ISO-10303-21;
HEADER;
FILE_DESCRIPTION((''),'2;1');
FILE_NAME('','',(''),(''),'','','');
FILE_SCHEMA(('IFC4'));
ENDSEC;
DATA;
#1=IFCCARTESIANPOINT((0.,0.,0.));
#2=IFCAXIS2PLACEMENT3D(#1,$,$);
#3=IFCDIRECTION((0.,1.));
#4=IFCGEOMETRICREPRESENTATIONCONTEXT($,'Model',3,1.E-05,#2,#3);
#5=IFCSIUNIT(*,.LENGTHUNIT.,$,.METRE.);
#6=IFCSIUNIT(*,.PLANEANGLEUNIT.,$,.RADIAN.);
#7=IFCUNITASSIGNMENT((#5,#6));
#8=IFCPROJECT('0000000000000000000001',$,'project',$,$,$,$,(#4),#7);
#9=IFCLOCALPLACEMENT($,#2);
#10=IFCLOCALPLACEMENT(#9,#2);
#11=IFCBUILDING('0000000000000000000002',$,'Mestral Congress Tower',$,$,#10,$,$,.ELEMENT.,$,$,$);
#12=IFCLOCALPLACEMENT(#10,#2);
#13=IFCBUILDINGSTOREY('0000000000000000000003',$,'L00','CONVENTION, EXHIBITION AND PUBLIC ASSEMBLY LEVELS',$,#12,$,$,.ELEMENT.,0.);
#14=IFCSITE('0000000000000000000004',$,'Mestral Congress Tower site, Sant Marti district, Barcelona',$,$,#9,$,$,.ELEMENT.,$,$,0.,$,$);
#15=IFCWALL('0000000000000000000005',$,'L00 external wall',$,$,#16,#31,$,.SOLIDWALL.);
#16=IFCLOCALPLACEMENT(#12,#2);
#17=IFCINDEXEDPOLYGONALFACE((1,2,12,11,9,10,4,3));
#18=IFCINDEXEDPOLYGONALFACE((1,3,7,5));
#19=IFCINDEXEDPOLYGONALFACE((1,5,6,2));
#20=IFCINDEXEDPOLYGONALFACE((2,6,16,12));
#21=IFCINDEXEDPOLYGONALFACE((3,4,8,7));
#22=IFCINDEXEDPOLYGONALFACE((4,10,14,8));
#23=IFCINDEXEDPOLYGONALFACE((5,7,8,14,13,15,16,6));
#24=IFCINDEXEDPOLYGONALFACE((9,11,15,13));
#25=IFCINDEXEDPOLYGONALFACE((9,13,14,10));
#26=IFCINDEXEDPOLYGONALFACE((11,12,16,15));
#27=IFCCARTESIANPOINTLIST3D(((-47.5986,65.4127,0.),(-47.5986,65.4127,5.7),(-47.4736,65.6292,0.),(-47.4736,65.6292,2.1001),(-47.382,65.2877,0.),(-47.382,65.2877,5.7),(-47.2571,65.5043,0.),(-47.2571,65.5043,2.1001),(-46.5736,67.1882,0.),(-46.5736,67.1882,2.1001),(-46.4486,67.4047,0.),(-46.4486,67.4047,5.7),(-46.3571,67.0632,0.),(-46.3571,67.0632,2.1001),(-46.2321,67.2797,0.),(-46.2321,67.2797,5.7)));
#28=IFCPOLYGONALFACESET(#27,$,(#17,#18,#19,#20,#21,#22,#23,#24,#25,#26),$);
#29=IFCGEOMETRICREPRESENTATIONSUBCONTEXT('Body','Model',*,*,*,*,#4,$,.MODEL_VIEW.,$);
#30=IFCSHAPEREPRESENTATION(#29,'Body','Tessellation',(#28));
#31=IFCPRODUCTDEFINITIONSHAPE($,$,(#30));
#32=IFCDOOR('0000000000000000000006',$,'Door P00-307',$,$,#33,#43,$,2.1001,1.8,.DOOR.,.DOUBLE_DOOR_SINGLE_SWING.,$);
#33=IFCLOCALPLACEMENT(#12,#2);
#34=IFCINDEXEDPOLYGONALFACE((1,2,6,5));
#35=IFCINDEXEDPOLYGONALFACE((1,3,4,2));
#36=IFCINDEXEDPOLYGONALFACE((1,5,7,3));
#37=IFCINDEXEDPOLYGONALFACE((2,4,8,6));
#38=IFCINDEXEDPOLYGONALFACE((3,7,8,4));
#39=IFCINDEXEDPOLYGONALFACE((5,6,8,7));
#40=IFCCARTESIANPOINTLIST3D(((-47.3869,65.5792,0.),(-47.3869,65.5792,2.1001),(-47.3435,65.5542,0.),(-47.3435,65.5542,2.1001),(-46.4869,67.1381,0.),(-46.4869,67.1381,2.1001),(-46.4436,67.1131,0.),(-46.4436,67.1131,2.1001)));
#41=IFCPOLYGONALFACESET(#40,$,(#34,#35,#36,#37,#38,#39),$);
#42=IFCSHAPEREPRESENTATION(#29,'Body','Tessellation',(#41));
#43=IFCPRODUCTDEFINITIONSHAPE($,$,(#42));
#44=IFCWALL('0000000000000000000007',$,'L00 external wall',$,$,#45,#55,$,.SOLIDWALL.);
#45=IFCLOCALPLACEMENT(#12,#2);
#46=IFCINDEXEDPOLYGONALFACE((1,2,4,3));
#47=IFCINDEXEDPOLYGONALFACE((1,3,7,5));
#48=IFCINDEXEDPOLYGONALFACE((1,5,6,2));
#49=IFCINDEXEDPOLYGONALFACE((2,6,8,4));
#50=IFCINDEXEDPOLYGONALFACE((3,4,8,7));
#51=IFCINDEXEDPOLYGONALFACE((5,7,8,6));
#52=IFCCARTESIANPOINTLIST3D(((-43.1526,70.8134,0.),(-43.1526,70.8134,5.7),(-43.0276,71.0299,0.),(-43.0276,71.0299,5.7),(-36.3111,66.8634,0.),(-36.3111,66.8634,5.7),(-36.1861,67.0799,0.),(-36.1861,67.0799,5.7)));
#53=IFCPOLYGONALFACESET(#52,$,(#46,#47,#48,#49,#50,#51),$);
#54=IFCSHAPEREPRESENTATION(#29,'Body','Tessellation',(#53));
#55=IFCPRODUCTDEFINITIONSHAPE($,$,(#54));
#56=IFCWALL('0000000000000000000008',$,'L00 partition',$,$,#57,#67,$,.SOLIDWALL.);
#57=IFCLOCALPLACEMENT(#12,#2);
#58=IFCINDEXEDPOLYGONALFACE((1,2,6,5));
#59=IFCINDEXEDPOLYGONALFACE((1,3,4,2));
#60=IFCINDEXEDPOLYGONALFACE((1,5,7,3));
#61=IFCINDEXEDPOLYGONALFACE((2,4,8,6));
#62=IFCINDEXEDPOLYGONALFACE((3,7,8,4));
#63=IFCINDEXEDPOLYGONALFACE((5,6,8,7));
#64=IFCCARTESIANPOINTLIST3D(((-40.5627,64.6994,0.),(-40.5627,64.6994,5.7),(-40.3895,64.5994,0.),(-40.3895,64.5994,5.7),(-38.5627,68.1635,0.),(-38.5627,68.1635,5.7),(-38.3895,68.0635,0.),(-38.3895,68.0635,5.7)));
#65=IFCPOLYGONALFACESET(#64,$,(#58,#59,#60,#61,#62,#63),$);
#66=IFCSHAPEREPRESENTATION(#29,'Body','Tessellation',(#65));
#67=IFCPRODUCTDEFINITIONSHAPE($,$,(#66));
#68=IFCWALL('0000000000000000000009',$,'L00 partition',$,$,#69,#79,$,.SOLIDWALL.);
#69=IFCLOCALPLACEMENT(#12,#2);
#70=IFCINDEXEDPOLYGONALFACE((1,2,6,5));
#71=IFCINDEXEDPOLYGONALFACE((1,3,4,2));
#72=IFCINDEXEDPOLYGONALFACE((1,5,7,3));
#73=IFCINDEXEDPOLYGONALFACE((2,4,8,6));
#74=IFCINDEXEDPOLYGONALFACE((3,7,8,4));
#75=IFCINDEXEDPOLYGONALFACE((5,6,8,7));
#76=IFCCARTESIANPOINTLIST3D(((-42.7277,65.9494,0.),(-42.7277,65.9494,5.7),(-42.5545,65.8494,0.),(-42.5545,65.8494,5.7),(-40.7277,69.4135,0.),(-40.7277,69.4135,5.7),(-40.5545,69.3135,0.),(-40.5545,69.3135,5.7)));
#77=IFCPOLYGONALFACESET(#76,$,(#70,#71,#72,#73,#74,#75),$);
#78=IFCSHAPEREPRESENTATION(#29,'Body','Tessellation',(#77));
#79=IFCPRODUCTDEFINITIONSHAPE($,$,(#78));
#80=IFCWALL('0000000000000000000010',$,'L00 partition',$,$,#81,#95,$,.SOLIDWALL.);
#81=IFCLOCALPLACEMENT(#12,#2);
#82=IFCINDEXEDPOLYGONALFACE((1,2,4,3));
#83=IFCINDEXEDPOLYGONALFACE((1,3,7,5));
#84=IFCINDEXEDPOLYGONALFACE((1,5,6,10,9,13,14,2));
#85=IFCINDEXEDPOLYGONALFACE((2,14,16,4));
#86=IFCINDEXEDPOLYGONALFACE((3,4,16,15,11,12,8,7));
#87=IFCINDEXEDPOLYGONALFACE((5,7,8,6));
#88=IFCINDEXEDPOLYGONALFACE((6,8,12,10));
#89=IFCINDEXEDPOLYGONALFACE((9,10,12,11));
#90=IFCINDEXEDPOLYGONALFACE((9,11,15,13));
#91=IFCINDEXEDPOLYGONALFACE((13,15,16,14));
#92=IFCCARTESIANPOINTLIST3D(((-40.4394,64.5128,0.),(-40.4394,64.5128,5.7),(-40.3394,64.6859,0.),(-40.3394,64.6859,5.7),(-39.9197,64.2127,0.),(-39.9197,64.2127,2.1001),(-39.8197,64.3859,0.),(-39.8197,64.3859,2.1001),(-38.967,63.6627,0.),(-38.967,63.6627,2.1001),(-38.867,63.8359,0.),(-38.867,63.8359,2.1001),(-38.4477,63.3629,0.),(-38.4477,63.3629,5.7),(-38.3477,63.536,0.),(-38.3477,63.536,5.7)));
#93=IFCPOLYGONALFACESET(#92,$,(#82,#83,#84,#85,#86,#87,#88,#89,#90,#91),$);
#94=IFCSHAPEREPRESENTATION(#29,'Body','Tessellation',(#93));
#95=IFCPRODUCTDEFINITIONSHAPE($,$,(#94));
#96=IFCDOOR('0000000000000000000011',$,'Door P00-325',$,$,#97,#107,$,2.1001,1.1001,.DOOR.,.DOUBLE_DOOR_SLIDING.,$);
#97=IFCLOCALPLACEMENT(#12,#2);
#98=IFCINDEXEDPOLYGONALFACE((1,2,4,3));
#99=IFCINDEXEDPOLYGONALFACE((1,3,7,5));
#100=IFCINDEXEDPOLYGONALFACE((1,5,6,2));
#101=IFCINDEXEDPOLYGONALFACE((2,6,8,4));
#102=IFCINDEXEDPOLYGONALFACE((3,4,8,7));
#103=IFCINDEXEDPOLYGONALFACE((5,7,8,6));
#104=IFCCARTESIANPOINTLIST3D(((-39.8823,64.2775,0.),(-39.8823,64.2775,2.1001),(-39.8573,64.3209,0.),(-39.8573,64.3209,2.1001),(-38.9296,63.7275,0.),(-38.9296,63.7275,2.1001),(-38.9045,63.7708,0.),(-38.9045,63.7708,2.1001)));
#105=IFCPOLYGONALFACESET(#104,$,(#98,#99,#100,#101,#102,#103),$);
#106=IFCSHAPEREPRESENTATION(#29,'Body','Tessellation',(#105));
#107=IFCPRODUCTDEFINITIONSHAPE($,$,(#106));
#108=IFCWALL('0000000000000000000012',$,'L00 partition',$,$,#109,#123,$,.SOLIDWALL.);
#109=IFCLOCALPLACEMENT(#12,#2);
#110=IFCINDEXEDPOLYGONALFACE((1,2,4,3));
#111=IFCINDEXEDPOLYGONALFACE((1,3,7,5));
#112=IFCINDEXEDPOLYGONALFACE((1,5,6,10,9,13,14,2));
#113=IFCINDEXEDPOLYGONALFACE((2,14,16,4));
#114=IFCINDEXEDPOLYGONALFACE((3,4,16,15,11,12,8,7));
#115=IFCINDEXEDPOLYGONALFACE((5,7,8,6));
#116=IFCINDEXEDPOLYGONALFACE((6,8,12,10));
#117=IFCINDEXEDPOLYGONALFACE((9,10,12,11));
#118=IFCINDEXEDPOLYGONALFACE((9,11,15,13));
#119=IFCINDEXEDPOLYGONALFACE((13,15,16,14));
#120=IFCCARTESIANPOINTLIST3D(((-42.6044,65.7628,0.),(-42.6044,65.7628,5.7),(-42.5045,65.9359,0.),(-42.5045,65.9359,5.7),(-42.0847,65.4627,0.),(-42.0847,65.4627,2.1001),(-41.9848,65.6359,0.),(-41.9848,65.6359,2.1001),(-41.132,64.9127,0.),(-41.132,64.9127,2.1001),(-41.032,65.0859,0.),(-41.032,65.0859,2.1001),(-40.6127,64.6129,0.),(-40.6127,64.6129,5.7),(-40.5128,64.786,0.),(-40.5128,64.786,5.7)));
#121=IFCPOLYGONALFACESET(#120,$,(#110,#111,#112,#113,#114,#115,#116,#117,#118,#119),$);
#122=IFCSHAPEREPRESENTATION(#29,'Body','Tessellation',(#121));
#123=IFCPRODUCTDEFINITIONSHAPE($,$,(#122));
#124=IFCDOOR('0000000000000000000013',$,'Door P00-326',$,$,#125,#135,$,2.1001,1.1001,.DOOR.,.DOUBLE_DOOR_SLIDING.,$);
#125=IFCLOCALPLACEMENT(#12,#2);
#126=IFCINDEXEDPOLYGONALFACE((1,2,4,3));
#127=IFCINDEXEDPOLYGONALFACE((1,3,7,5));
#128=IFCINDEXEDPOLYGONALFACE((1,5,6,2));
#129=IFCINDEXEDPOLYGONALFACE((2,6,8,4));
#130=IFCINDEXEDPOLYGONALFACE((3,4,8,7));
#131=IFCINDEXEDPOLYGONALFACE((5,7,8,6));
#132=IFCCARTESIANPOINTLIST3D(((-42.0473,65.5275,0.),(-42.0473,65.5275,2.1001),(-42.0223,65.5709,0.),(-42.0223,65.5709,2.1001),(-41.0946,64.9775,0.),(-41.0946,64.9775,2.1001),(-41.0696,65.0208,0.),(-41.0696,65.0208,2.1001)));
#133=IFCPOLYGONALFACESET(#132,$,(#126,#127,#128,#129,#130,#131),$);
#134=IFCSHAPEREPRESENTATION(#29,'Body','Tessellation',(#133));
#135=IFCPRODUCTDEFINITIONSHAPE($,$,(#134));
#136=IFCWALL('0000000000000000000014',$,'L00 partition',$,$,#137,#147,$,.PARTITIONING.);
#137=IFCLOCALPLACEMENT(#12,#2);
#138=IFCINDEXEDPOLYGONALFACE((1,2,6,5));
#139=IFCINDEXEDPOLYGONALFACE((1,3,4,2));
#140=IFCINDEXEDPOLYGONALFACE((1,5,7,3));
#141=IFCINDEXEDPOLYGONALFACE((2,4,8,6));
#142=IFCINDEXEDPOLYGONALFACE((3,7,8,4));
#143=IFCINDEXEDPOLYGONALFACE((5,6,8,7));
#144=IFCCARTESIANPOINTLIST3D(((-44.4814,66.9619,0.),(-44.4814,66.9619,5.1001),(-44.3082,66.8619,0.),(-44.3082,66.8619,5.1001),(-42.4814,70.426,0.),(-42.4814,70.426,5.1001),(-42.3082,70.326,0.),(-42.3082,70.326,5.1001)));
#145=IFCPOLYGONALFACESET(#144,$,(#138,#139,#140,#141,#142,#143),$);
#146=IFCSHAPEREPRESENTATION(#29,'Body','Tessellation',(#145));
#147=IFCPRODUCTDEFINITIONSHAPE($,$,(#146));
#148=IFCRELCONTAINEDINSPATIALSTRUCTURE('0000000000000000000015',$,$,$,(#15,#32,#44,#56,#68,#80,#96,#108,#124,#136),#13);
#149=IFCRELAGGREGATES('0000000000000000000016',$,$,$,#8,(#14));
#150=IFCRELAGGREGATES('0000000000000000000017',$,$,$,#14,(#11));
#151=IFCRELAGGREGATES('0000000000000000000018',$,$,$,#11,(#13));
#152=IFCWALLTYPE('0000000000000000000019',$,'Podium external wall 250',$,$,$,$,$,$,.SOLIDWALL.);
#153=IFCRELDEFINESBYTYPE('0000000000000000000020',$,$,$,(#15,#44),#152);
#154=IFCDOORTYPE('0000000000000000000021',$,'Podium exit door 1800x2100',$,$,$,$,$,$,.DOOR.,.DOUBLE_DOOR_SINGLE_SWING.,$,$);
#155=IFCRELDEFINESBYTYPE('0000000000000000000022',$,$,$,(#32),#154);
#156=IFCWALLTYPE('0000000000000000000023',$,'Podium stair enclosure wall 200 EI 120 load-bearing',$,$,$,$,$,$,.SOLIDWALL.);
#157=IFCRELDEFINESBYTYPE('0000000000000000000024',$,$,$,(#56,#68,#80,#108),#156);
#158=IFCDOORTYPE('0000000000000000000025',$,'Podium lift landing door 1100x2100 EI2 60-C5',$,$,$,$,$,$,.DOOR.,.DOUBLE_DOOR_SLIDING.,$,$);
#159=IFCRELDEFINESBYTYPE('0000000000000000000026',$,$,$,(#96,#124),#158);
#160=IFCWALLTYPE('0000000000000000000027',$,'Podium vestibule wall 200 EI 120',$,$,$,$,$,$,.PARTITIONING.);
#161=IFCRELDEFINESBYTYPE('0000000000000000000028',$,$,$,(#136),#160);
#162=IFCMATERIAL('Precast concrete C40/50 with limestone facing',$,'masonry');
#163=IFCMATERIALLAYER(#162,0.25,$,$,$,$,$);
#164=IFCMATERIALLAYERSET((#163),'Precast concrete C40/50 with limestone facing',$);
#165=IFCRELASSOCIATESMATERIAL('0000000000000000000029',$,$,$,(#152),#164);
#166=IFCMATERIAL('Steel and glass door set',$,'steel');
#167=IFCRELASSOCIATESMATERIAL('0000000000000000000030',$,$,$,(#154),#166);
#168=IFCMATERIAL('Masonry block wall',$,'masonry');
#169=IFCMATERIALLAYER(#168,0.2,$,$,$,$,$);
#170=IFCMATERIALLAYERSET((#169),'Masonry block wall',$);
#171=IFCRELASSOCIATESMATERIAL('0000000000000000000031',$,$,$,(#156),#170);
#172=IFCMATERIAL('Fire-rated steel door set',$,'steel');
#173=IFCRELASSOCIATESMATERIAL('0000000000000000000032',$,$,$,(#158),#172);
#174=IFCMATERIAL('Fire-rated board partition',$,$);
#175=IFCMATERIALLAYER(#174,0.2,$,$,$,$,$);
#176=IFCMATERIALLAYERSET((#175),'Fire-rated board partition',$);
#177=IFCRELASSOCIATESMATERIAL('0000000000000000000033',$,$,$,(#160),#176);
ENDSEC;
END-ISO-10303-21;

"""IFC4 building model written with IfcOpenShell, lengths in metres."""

from ifc_helpers import new_model, si_unit, direction, frame, frame_2d, origin, place, context, subcontext, project, spatial, rectangle, extrude, material, layer, layer_set, type_object, element, fill, save


model = new_model("IFC4")

# Units and contexts
model_context = context("Model", 3, precision=1e-05, world=origin(), true_north=direction((0.0, 1.0)))
body_context = subcontext(model_context, "Body", "Model", "MODEL_VIEW")
ifc_project = project(units=[si_unit("LENGTHUNIT", "METRE"), si_unit("PLANEANGLEUNIT", "RADIAN")], contexts=[model_context])

# Site, building, storey
site_placement = place(None, origin())
site = spatial("IfcSite", under=ifc_project, at=site_placement, Name="Mestral Congress Tower site, Sant Marti district, Barcelona", CompositionType="ELEMENT", RefElevation=0.0)
building_placement = place(site_placement, origin())
building = spatial("IfcBuilding", under=site, at=building_placement, Name="Mestral Congress Tower", CompositionType="ELEMENT")
storey_placement = place(building_placement, origin())
storey = spatial("IfcBuildingStorey", under=building, at=storey_placement, Name="L00", Description="CONVENTION, EXHIBITION AND PUBLIC ASSEMBLY LEVELS", CompositionType="ELEMENT", Elevation=0.0)

# Shared definitions
ifc_material_1 = material(Name="Precast concrete C40/50 with limestone facing", Category="masonry")
ifc_layer_1 = layer(ifc_material_1, 0.25)
ifc_layer_set_1 = layer_set([ifc_layer_1], Name="Precast concrete C40/50 with limestone facing")
wall_type_1 = type_object("IfcWallType", Name="Podium external wall 250", PredefinedType="SOLIDWALL", material=ifc_layer_set_1)

# Wall, opening, door
wall_1_placement = place(storey_placement, frame((-47.4902, 65.3503, 0.0), z_axis=(0.0, 0.0, 1.0), x_axis=(0.499952, 0.866053, 0.0)))
wall_1 = element("IfcWall", 1, at=wall_1_placement, inside=storey, type_object=wall_type_1, Name="L00 external wall", PredefinedType="SOLIDWALL", context=body_context, shape_type="SweptSolid", body=[
    extrude(rectangle(XDim=2.3, YDim=0.25, at=frame_2d((1.1499, 0.0))), origin(), (0.0, 0.0, 1.0), 5.7),
])
opening_1_placement = place(wall_1_placement, frame((0.25, 0.0, 0.0)))
opening_1 = element("IfcOpeningElement", 2, at=opening_1_placement, cuts=wall_1, PredefinedType="OPENING", context=body_context, shape_type="SweptSolid", body=[
    extrude(rectangle(XDim=1.8, YDim=2.1001, at=frame_2d((0.8999, 1.05))), frame((0.0, 0.135, 0.0), z_axis=(0.0, -1.0, 0.0), x_axis=(1.0, 0.0, 0.0)), (0.0, 0.0, 1.0), 0.27),
])
ifc_material_2 = material(Name="Steel and glass door set", Category="steel")
door_type_1 = type_object("IfcDoorType", Name="Podium exit door 1800x2100", OperationType="DOUBLE_DOOR_SINGLE_SWING", PredefinedType="DOOR", material=ifc_material_2)
door_1_placement = place(opening_1_placement, origin())
door_1 = element("IfcDoor", 3, at=door_1_placement, inside=storey, type_object=door_type_1, Name="Door P00-307", OperationType="DOUBLE_DOOR_SINGLE_SWING", OverallHeight=2.1001, OverallWidth=1.8, PredefinedType="DOOR", context=body_context, shape_type="SweptSolid", body=[
    extrude(rectangle(XDim=1.8, YDim=2.1001, at=frame_2d((0.8999, 1.05))), frame((0.0, 0.0249, 0.0), z_axis=(0.0, -1.0, 0.0), x_axis=(1.0, 0.0, 0.0)), (0.0, 0.0, 1.0), 0.05),
])
fill(opening_1, door_1)

# Walls
wall_2_placement = place(storey_placement, frame((-43.0901, 70.9216, 0.0), z_axis=(0.0, 0.0, 1.0), x_axis=(0.866027, -0.499998, 0.0)))
element("IfcWall", 4, at=wall_2_placement, inside=storey, type_object=wall_type_1, Name="L00 external wall", PredefinedType="SOLIDWALL", context=body_context, shape_type="SweptSolid", body=[
    extrude(rectangle(XDim=7.8999, YDim=0.25, at=frame_2d((3.95, 0.0))), origin(), (0.0, 0.0, 1.0), 5.7),
])
ifc_material_3 = material(Name="Masonry block wall", Category="masonry")
ifc_layer_2 = layer(ifc_material_3, 0.2)
ifc_layer_set_2 = layer_set([ifc_layer_2], Name="Masonry block wall")
wall_type_2 = type_object("IfcWallType", Name="Podium stair enclosure wall 200 EI 120 load-bearing", PredefinedType="SOLIDWALL", material=ifc_layer_set_2)
for number, where, z_axis, x_axis, name in (
    (5, (-38.4761, 68.1135, 0.0), (0.0, 0.0, 1.0), (-0.499999, -0.866026, 0.0), "L00 partition"),
    (6, (-40.6411, 69.3635, 0.0), (0.0, 0.0, 1.0), (-0.499999, -0.866026, 0.0), "L00 partition"),
):
    element("IfcWall", number, at=place(storey_placement, frame(where, z_axis=z_axis, x_axis=x_axis)), inside=storey, type_object=wall_type_2, Name=name, PredefinedType="SOLIDWALL", context=body_context, shape_type="SweptSolid", body=[
        extrude(rectangle(XDim=4.0, YDim=0.2, at=frame_2d((2.0, 0.0))), origin(), (0.0, 0.0, 1.0), 5.7),
    ])

# Walls, openings, doors
wall_3_placement = place(storey_placement, frame((-40.3894, 64.5994, 0.0), z_axis=(0.0, 0.0, 1.0), x_axis=(0.866026, -0.499998, 0.0)))
wall_3 = element("IfcWall", 7, at=wall_3_placement, inside=storey, type_object=wall_type_2, Name="L00 partition", PredefinedType="SOLIDWALL", context=body_context, shape_type="SweptSolid", body=[
    extrude(rectangle(XDim=2.2998, YDim=0.2, at=frame_2d((1.1499, 0.0))), origin(), (0.0, 0.0, 1.0), 5.7),
])
opening_2_placement = place(wall_3_placement, frame((0.6001, 0.0, 0.0)))
opening_2 = element("IfcOpeningElement", 8, at=opening_2_placement, cuts=wall_3, PredefinedType="OPENING", context=body_context, shape_type="SweptSolid", body=[
    extrude(rectangle(XDim=1.1001, YDim=2.1001, at=frame_2d((0.55, 1.05))), frame((0.0, 0.1099, 0.0), z_axis=(0.0, -1.0, 0.0), x_axis=(1.0, 0.0, 0.0)), (0.0, 0.0, 1.0), 0.22),
])
ifc_material_4 = material(Name="Fire-rated steel door set", Category="steel")
door_type_2 = type_object("IfcDoorType", Name="Podium lift landing door 1100x2100 EI2 60-C5", OperationType="DOUBLE_DOOR_SLIDING", PredefinedType="DOOR", material=ifc_material_4)
door_2_placement = place(opening_2_placement, origin())
door_2 = element("IfcDoor", 9, at=door_2_placement, inside=storey, type_object=door_type_2, Name="Door P00-325", OperationType="DOUBLE_DOOR_SLIDING", OverallHeight=2.1001, OverallWidth=1.1001, PredefinedType="DOOR", context=body_context, shape_type="SweptSolid", body=[
    extrude(rectangle(XDim=1.1001, YDim=2.1001, at=frame_2d((0.55, 1.05))), frame((0.0, 0.0249, 0.0), z_axis=(0.0, -1.0, 0.0), x_axis=(1.0, 0.0, 0.0)), (0.0, 0.0, 1.0), 0.05),
])
fill(opening_2, door_2)
wall_4_placement = place(storey_placement, frame((-42.5544, 65.8494, 0.0), z_axis=(0.0, 0.0, 1.0), x_axis=(0.866026, -0.499998, 0.0)))
wall_4 = element("IfcWall", 10, at=wall_4_placement, inside=storey, type_object=wall_type_2, Name="L00 partition", PredefinedType="SOLIDWALL", context=body_context, shape_type="SweptSolid", body=[
    extrude(rectangle(XDim=2.2998, YDim=0.2, at=frame_2d((1.1499, 0.0))), origin(), (0.0, 0.0, 1.0), 5.7),
])
opening_3_placement = place(wall_4_placement, frame((0.6001, 0.0, 0.0)))
opening_3 = element("IfcOpeningElement", 11, at=opening_3_placement, cuts=wall_4, PredefinedType="OPENING", context=body_context, shape_type="SweptSolid", body=[
    extrude(rectangle(XDim=1.1001, YDim=2.1001, at=frame_2d((0.55, 1.05))), frame((0.0, 0.1099, 0.0), z_axis=(0.0, -1.0, 0.0), x_axis=(1.0, 0.0, 0.0)), (0.0, 0.0, 1.0), 0.22),
])
door_3_placement = place(opening_3_placement, origin())
door_3 = element("IfcDoor", 12, at=door_3_placement, inside=storey, type_object=door_type_2, Name="Door P00-326", OperationType="DOUBLE_DOOR_SLIDING", OverallHeight=2.1001, OverallWidth=1.1001, PredefinedType="DOOR", context=body_context, shape_type="SweptSolid", body=[
    extrude(rectangle(XDim=1.1001, YDim=2.1001, at=frame_2d((0.55, 1.05))), frame((0.0, 0.0249, 0.0), z_axis=(0.0, -1.0, 0.0), x_axis=(1.0, 0.0, 0.0)), (0.0, 0.0, 1.0), 0.05),
])
fill(opening_3, door_3)

# Wall
ifc_material_5 = material(Name="Fire-rated board partition")
ifc_layer_3 = layer(ifc_material_5, 0.2)
ifc_layer_set_3 = layer_set([ifc_layer_3], Name="Fire-rated board partition")
wall_type_3 = type_object("IfcWallType", Name="Podium vestibule wall 200 EI 120", PredefinedType="PARTITIONING", material=ifc_layer_set_3)
wall_5_placement = place(storey_placement, frame((-42.3948, 70.376, 0.0), z_axis=(0.0, 0.0, 1.0), x_axis=(-0.499999, -0.866026, 0.0)))
element("IfcWall", 13, at=wall_5_placement, inside=storey, type_object=wall_type_3, Name="L00 partition", PredefinedType="PARTITIONING", context=body_context, shape_type="SweptSolid", body=[
    extrude(rectangle(XDim=4.0, YDim=0.2, at=frame_2d((2.0, 0.0))), origin(), (0.0, 0.0, 1.0), 5.1001),
])

save(model, "model.ifc")
